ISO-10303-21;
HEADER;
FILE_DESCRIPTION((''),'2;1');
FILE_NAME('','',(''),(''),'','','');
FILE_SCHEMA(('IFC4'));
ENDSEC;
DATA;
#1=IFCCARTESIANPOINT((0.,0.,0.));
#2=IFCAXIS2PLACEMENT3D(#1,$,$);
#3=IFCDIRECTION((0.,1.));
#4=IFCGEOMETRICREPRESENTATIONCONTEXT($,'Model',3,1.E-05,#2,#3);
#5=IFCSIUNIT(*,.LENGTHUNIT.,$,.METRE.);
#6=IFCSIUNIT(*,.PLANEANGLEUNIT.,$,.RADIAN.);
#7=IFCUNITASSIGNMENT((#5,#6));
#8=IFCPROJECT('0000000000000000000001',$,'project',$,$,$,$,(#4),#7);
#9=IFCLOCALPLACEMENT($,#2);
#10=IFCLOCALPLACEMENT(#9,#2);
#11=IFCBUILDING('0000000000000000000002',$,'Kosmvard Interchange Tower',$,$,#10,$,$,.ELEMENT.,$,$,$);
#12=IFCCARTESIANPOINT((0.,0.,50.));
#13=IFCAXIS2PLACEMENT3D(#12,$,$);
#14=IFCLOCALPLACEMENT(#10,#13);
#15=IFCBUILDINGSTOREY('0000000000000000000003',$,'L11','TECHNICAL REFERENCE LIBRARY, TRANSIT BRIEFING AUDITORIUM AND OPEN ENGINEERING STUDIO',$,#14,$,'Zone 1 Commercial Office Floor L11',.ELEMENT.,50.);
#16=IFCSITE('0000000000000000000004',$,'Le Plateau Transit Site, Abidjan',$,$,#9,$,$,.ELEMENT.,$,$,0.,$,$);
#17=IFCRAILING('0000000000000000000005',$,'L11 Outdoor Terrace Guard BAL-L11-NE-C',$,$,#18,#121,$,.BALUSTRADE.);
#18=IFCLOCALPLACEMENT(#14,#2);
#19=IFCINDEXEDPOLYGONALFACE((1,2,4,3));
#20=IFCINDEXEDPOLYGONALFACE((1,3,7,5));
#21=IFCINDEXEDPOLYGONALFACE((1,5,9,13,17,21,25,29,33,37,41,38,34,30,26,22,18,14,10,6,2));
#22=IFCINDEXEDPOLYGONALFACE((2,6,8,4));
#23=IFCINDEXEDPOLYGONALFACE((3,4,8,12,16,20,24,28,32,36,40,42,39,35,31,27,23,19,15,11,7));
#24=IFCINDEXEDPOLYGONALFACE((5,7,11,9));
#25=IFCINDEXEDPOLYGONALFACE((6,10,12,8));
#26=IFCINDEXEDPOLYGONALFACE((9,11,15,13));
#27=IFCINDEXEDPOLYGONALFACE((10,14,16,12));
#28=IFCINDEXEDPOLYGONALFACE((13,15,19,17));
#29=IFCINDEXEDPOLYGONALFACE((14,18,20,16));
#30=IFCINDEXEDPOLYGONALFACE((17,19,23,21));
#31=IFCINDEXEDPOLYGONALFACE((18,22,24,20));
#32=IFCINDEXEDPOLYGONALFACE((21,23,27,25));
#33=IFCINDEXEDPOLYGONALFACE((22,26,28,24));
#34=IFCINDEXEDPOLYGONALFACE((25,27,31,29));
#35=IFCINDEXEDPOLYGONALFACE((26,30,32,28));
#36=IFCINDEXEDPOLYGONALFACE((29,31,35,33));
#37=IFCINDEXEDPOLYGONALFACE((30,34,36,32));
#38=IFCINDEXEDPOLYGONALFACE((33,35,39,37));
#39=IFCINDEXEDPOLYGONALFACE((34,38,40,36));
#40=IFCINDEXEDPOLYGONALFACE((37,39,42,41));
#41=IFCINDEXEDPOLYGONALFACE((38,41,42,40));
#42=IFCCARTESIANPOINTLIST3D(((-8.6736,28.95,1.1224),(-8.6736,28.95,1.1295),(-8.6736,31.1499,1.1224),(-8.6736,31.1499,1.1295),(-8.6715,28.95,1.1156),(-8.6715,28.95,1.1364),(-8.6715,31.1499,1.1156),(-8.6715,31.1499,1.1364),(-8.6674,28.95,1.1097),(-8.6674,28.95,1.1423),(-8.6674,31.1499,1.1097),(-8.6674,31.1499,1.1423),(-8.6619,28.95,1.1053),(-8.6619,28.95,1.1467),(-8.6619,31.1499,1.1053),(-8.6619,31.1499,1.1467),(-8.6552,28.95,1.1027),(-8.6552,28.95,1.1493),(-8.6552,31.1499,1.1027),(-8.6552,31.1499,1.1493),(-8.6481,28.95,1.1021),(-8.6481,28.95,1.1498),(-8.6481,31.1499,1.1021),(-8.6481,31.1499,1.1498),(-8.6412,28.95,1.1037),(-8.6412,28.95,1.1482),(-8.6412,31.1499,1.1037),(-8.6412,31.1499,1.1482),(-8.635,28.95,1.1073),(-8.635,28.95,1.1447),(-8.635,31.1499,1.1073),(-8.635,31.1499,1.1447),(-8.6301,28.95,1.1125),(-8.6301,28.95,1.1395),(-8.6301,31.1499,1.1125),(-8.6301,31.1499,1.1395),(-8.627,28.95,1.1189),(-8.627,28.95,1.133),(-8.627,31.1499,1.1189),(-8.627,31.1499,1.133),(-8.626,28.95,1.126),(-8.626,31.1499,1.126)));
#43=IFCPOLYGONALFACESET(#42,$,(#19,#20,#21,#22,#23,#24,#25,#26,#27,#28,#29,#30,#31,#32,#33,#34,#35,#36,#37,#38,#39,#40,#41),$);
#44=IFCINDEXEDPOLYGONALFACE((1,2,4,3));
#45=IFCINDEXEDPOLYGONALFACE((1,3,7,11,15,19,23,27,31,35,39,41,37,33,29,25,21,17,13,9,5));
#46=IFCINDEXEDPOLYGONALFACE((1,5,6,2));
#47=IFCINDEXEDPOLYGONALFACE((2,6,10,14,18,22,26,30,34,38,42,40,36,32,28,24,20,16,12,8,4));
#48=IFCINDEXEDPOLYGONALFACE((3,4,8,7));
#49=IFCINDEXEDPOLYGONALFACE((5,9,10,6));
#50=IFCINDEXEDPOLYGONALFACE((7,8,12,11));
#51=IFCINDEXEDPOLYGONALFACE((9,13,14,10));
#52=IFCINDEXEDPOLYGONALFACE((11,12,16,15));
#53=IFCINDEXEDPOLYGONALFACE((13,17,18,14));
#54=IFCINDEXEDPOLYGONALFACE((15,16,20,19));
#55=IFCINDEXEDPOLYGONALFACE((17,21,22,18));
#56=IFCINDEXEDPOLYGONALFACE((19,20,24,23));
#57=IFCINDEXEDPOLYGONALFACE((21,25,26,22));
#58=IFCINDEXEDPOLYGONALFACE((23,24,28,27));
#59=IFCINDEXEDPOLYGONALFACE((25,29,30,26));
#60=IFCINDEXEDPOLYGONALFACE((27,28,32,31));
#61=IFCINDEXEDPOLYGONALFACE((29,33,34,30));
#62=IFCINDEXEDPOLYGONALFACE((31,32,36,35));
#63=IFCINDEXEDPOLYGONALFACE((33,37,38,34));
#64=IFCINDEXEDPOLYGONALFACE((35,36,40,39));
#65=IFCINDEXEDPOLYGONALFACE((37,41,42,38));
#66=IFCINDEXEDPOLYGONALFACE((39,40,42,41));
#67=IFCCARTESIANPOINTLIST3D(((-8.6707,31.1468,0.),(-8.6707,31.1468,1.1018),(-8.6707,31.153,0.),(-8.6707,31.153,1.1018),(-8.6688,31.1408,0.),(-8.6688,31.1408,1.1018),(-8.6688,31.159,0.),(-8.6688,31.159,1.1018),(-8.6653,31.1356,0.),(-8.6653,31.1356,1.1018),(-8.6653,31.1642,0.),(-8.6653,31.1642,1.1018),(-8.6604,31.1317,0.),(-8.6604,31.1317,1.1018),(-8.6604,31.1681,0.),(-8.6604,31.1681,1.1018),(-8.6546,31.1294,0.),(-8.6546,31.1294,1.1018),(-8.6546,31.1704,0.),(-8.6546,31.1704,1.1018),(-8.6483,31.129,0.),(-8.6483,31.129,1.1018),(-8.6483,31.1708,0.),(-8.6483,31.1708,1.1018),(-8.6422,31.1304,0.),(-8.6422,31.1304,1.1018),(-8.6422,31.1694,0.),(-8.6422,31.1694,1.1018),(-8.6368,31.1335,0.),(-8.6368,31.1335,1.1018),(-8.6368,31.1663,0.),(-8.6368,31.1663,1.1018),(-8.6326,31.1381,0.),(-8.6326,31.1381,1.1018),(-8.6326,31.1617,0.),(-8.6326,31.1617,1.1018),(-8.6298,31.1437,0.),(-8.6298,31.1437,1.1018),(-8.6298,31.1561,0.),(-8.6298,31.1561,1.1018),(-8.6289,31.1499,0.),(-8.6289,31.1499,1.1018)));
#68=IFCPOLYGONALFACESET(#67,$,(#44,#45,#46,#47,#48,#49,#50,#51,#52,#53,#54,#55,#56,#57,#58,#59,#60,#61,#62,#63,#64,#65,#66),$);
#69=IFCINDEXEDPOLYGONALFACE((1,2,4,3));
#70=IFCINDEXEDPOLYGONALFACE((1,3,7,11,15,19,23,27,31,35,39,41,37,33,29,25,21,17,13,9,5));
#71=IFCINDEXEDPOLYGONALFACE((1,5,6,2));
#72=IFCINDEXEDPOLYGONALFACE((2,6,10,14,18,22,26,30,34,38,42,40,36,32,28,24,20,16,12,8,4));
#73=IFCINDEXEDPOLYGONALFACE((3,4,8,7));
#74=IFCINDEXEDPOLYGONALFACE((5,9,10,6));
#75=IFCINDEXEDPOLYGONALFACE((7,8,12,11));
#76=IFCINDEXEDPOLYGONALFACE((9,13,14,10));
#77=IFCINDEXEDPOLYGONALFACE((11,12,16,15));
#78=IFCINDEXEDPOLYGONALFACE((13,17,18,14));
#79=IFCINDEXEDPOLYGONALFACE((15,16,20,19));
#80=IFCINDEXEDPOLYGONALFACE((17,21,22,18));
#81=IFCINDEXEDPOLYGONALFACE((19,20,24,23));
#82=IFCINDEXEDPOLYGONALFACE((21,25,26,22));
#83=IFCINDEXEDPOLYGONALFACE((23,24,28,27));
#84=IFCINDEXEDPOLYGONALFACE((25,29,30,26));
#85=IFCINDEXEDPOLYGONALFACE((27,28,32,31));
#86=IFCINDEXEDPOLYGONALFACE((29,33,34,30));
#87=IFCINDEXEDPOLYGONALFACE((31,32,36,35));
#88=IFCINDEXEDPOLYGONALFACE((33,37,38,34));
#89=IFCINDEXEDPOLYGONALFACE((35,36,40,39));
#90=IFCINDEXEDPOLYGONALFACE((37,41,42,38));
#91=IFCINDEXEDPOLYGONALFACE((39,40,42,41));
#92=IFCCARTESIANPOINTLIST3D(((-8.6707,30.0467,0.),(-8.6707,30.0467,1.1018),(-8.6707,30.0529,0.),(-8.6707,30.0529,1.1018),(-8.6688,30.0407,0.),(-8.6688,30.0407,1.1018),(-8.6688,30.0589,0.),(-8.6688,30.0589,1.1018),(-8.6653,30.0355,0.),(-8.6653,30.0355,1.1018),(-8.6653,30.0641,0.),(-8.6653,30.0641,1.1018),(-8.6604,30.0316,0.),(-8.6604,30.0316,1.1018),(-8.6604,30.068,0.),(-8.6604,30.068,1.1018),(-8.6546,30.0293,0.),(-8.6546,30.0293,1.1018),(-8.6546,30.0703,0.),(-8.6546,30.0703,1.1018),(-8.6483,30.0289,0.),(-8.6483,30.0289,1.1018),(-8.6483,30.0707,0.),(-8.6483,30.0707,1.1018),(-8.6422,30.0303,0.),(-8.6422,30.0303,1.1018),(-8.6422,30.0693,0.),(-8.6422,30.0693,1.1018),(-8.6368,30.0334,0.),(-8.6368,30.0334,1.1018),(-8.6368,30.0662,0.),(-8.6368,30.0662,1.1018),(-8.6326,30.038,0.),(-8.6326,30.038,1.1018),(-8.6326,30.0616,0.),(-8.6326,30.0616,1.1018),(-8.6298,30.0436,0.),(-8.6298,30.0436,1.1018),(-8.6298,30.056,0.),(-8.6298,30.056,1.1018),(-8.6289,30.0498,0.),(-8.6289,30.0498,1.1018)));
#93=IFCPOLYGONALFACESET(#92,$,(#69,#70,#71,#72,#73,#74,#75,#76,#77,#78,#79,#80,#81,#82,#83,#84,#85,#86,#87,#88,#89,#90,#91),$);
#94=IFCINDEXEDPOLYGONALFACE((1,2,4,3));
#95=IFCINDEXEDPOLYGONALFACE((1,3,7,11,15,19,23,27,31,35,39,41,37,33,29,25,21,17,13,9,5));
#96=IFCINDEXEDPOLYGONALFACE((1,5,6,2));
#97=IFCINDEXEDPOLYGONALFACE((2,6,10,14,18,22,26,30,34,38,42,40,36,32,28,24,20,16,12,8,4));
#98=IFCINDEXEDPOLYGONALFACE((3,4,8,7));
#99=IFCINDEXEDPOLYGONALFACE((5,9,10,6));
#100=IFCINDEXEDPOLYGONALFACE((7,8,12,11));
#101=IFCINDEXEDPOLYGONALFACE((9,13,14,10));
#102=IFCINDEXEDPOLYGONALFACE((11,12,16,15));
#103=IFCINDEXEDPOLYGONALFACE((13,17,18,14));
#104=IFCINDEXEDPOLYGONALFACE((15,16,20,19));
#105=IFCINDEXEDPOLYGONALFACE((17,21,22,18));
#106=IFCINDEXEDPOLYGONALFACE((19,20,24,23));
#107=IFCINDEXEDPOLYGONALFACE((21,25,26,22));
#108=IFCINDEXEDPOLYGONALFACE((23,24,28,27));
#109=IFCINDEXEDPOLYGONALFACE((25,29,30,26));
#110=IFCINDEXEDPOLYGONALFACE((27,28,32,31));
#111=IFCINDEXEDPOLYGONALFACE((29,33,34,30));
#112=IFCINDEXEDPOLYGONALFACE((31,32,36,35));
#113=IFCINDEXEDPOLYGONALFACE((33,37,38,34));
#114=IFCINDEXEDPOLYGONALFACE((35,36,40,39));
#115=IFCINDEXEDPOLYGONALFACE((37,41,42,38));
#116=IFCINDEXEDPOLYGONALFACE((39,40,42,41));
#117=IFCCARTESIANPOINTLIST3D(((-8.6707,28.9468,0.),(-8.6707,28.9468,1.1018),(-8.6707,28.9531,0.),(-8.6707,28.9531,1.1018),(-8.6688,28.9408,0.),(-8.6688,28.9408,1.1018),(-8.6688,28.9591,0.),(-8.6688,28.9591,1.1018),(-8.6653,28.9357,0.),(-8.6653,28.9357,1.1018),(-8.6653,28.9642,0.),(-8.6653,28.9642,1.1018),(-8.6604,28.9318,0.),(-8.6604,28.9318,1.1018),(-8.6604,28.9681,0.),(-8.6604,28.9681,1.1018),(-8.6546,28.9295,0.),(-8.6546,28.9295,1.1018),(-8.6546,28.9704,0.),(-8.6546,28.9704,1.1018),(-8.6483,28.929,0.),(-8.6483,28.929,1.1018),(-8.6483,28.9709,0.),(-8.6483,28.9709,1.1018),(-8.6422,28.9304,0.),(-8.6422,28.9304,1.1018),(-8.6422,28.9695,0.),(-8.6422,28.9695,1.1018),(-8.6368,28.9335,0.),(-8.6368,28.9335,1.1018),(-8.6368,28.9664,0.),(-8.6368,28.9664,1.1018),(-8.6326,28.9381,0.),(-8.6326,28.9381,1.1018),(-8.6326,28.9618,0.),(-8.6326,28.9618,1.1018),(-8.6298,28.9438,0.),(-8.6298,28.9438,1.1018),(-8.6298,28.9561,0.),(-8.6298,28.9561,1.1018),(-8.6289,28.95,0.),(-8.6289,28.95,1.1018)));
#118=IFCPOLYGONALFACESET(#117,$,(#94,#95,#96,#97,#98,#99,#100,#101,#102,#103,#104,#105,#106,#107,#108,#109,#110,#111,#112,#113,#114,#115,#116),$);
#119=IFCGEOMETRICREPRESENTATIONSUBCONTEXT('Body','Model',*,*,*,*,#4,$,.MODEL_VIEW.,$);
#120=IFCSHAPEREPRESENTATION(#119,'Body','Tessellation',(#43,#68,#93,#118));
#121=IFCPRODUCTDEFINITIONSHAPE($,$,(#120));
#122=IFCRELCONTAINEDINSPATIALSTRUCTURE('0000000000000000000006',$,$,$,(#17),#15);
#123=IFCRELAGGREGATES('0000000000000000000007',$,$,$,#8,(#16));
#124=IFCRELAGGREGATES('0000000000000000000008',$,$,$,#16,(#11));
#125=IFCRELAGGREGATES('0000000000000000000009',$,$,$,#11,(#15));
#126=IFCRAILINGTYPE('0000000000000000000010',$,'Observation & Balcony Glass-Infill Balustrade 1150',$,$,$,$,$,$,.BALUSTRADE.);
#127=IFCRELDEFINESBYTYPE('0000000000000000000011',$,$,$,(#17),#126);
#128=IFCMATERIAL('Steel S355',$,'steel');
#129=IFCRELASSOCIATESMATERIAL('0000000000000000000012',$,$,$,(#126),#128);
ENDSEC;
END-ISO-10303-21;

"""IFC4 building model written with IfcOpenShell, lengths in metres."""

from ifc_helpers import new_model, si_unit, direction, frame, origin, origin_2d, place, context, subcontext, project, spatial, circle, extrude, source, transform, mapped, material, type_object, element, save


model = new_model("IFC4")

# Units and contexts
model_context = context("Model", 3, precision=1e-05, world=origin(), true_north=direction((0.0, 1.0)))
body_context = subcontext(model_context, "Body", "Model", "MODEL_VIEW")
ifc_project = project(units=[si_unit("LENGTHUNIT", "METRE"), si_unit("PLANEANGLEUNIT", "RADIAN")], contexts=[model_context])

# Site, building, storey
site_placement = place(None, origin())
site = spatial("IfcSite", under=ifc_project, at=site_placement, Name="Le Plateau Transit Site, Abidjan", CompositionType="ELEMENT", RefElevation=0.0)
building_placement = place(site_placement, origin())
building = spatial("IfcBuilding", under=site, at=building_placement, Name="Kosmvard Interchange Tower", CompositionType="ELEMENT")
storey_placement = place(building_placement, frame((0.0, 0.0, 50.0)))
storey = spatial("IfcBuildingStorey", under=building, at=storey_placement, Name="L11", Description="TECHNICAL REFERENCE LIBRARY, TRANSIT BRIEFING AUDITORIUM AND OPEN ENGINEERING STUDIO", LongName="Zone 1 Commercial Office Floor L11", CompositionType="ELEMENT", Elevation=50.0)

# Shared definitions
ifc_material_1 = material(Name="Steel S355", Category="steel")

# Railing
railing_type = type_object("IfcRailingType", Name="Observation & Balcony Glass-Infill Balustrade 1150", PredefinedType="BALUSTRADE", material=ifc_material_1)
shared_shape_1 = source(origin(), body_context, "Body", "SweptSolid", [
    extrude(circle(Radius=0.0239, at=origin_2d()), frame((0.0, 0.0, 1.126), z_axis=(0.0, -1.0, 0.0), x_axis=(1.0, 0.0, 0.0)), (0.0, 0.0, 1.0), 2.2),
    extrude(circle(Radius=0.021, at=origin_2d()), origin(), (0.0, 0.0, 1.0), 1.1018),
    extrude(circle(Radius=0.021, at=origin_2d()), frame((0.0, -1.1001, 0.0)), (0.0, 0.0, 1.0), 1.1018),
    extrude(circle(Radius=0.021, at=origin_2d()), frame((0.0, -2.2, 0.0)), (0.0, 0.0, 1.0), 1.1018),
])
railing_1_placement = place(storey_placement, frame((-8.6499, 31.1499, 0.0)))
element("IfcRailing", 1, at=railing_1_placement, inside=storey, type_object=railing_type, Name="L11 Outdoor Terrace Guard BAL-L11-NE-C", PredefinedType="BALUSTRADE", context=body_context, shape_type="MappedRepresentation", body=[
    mapped(shared_shape_1, transform((0.0, 0.0, 0.0), scale=1.0)),
])

save(model, "model.ifc")
